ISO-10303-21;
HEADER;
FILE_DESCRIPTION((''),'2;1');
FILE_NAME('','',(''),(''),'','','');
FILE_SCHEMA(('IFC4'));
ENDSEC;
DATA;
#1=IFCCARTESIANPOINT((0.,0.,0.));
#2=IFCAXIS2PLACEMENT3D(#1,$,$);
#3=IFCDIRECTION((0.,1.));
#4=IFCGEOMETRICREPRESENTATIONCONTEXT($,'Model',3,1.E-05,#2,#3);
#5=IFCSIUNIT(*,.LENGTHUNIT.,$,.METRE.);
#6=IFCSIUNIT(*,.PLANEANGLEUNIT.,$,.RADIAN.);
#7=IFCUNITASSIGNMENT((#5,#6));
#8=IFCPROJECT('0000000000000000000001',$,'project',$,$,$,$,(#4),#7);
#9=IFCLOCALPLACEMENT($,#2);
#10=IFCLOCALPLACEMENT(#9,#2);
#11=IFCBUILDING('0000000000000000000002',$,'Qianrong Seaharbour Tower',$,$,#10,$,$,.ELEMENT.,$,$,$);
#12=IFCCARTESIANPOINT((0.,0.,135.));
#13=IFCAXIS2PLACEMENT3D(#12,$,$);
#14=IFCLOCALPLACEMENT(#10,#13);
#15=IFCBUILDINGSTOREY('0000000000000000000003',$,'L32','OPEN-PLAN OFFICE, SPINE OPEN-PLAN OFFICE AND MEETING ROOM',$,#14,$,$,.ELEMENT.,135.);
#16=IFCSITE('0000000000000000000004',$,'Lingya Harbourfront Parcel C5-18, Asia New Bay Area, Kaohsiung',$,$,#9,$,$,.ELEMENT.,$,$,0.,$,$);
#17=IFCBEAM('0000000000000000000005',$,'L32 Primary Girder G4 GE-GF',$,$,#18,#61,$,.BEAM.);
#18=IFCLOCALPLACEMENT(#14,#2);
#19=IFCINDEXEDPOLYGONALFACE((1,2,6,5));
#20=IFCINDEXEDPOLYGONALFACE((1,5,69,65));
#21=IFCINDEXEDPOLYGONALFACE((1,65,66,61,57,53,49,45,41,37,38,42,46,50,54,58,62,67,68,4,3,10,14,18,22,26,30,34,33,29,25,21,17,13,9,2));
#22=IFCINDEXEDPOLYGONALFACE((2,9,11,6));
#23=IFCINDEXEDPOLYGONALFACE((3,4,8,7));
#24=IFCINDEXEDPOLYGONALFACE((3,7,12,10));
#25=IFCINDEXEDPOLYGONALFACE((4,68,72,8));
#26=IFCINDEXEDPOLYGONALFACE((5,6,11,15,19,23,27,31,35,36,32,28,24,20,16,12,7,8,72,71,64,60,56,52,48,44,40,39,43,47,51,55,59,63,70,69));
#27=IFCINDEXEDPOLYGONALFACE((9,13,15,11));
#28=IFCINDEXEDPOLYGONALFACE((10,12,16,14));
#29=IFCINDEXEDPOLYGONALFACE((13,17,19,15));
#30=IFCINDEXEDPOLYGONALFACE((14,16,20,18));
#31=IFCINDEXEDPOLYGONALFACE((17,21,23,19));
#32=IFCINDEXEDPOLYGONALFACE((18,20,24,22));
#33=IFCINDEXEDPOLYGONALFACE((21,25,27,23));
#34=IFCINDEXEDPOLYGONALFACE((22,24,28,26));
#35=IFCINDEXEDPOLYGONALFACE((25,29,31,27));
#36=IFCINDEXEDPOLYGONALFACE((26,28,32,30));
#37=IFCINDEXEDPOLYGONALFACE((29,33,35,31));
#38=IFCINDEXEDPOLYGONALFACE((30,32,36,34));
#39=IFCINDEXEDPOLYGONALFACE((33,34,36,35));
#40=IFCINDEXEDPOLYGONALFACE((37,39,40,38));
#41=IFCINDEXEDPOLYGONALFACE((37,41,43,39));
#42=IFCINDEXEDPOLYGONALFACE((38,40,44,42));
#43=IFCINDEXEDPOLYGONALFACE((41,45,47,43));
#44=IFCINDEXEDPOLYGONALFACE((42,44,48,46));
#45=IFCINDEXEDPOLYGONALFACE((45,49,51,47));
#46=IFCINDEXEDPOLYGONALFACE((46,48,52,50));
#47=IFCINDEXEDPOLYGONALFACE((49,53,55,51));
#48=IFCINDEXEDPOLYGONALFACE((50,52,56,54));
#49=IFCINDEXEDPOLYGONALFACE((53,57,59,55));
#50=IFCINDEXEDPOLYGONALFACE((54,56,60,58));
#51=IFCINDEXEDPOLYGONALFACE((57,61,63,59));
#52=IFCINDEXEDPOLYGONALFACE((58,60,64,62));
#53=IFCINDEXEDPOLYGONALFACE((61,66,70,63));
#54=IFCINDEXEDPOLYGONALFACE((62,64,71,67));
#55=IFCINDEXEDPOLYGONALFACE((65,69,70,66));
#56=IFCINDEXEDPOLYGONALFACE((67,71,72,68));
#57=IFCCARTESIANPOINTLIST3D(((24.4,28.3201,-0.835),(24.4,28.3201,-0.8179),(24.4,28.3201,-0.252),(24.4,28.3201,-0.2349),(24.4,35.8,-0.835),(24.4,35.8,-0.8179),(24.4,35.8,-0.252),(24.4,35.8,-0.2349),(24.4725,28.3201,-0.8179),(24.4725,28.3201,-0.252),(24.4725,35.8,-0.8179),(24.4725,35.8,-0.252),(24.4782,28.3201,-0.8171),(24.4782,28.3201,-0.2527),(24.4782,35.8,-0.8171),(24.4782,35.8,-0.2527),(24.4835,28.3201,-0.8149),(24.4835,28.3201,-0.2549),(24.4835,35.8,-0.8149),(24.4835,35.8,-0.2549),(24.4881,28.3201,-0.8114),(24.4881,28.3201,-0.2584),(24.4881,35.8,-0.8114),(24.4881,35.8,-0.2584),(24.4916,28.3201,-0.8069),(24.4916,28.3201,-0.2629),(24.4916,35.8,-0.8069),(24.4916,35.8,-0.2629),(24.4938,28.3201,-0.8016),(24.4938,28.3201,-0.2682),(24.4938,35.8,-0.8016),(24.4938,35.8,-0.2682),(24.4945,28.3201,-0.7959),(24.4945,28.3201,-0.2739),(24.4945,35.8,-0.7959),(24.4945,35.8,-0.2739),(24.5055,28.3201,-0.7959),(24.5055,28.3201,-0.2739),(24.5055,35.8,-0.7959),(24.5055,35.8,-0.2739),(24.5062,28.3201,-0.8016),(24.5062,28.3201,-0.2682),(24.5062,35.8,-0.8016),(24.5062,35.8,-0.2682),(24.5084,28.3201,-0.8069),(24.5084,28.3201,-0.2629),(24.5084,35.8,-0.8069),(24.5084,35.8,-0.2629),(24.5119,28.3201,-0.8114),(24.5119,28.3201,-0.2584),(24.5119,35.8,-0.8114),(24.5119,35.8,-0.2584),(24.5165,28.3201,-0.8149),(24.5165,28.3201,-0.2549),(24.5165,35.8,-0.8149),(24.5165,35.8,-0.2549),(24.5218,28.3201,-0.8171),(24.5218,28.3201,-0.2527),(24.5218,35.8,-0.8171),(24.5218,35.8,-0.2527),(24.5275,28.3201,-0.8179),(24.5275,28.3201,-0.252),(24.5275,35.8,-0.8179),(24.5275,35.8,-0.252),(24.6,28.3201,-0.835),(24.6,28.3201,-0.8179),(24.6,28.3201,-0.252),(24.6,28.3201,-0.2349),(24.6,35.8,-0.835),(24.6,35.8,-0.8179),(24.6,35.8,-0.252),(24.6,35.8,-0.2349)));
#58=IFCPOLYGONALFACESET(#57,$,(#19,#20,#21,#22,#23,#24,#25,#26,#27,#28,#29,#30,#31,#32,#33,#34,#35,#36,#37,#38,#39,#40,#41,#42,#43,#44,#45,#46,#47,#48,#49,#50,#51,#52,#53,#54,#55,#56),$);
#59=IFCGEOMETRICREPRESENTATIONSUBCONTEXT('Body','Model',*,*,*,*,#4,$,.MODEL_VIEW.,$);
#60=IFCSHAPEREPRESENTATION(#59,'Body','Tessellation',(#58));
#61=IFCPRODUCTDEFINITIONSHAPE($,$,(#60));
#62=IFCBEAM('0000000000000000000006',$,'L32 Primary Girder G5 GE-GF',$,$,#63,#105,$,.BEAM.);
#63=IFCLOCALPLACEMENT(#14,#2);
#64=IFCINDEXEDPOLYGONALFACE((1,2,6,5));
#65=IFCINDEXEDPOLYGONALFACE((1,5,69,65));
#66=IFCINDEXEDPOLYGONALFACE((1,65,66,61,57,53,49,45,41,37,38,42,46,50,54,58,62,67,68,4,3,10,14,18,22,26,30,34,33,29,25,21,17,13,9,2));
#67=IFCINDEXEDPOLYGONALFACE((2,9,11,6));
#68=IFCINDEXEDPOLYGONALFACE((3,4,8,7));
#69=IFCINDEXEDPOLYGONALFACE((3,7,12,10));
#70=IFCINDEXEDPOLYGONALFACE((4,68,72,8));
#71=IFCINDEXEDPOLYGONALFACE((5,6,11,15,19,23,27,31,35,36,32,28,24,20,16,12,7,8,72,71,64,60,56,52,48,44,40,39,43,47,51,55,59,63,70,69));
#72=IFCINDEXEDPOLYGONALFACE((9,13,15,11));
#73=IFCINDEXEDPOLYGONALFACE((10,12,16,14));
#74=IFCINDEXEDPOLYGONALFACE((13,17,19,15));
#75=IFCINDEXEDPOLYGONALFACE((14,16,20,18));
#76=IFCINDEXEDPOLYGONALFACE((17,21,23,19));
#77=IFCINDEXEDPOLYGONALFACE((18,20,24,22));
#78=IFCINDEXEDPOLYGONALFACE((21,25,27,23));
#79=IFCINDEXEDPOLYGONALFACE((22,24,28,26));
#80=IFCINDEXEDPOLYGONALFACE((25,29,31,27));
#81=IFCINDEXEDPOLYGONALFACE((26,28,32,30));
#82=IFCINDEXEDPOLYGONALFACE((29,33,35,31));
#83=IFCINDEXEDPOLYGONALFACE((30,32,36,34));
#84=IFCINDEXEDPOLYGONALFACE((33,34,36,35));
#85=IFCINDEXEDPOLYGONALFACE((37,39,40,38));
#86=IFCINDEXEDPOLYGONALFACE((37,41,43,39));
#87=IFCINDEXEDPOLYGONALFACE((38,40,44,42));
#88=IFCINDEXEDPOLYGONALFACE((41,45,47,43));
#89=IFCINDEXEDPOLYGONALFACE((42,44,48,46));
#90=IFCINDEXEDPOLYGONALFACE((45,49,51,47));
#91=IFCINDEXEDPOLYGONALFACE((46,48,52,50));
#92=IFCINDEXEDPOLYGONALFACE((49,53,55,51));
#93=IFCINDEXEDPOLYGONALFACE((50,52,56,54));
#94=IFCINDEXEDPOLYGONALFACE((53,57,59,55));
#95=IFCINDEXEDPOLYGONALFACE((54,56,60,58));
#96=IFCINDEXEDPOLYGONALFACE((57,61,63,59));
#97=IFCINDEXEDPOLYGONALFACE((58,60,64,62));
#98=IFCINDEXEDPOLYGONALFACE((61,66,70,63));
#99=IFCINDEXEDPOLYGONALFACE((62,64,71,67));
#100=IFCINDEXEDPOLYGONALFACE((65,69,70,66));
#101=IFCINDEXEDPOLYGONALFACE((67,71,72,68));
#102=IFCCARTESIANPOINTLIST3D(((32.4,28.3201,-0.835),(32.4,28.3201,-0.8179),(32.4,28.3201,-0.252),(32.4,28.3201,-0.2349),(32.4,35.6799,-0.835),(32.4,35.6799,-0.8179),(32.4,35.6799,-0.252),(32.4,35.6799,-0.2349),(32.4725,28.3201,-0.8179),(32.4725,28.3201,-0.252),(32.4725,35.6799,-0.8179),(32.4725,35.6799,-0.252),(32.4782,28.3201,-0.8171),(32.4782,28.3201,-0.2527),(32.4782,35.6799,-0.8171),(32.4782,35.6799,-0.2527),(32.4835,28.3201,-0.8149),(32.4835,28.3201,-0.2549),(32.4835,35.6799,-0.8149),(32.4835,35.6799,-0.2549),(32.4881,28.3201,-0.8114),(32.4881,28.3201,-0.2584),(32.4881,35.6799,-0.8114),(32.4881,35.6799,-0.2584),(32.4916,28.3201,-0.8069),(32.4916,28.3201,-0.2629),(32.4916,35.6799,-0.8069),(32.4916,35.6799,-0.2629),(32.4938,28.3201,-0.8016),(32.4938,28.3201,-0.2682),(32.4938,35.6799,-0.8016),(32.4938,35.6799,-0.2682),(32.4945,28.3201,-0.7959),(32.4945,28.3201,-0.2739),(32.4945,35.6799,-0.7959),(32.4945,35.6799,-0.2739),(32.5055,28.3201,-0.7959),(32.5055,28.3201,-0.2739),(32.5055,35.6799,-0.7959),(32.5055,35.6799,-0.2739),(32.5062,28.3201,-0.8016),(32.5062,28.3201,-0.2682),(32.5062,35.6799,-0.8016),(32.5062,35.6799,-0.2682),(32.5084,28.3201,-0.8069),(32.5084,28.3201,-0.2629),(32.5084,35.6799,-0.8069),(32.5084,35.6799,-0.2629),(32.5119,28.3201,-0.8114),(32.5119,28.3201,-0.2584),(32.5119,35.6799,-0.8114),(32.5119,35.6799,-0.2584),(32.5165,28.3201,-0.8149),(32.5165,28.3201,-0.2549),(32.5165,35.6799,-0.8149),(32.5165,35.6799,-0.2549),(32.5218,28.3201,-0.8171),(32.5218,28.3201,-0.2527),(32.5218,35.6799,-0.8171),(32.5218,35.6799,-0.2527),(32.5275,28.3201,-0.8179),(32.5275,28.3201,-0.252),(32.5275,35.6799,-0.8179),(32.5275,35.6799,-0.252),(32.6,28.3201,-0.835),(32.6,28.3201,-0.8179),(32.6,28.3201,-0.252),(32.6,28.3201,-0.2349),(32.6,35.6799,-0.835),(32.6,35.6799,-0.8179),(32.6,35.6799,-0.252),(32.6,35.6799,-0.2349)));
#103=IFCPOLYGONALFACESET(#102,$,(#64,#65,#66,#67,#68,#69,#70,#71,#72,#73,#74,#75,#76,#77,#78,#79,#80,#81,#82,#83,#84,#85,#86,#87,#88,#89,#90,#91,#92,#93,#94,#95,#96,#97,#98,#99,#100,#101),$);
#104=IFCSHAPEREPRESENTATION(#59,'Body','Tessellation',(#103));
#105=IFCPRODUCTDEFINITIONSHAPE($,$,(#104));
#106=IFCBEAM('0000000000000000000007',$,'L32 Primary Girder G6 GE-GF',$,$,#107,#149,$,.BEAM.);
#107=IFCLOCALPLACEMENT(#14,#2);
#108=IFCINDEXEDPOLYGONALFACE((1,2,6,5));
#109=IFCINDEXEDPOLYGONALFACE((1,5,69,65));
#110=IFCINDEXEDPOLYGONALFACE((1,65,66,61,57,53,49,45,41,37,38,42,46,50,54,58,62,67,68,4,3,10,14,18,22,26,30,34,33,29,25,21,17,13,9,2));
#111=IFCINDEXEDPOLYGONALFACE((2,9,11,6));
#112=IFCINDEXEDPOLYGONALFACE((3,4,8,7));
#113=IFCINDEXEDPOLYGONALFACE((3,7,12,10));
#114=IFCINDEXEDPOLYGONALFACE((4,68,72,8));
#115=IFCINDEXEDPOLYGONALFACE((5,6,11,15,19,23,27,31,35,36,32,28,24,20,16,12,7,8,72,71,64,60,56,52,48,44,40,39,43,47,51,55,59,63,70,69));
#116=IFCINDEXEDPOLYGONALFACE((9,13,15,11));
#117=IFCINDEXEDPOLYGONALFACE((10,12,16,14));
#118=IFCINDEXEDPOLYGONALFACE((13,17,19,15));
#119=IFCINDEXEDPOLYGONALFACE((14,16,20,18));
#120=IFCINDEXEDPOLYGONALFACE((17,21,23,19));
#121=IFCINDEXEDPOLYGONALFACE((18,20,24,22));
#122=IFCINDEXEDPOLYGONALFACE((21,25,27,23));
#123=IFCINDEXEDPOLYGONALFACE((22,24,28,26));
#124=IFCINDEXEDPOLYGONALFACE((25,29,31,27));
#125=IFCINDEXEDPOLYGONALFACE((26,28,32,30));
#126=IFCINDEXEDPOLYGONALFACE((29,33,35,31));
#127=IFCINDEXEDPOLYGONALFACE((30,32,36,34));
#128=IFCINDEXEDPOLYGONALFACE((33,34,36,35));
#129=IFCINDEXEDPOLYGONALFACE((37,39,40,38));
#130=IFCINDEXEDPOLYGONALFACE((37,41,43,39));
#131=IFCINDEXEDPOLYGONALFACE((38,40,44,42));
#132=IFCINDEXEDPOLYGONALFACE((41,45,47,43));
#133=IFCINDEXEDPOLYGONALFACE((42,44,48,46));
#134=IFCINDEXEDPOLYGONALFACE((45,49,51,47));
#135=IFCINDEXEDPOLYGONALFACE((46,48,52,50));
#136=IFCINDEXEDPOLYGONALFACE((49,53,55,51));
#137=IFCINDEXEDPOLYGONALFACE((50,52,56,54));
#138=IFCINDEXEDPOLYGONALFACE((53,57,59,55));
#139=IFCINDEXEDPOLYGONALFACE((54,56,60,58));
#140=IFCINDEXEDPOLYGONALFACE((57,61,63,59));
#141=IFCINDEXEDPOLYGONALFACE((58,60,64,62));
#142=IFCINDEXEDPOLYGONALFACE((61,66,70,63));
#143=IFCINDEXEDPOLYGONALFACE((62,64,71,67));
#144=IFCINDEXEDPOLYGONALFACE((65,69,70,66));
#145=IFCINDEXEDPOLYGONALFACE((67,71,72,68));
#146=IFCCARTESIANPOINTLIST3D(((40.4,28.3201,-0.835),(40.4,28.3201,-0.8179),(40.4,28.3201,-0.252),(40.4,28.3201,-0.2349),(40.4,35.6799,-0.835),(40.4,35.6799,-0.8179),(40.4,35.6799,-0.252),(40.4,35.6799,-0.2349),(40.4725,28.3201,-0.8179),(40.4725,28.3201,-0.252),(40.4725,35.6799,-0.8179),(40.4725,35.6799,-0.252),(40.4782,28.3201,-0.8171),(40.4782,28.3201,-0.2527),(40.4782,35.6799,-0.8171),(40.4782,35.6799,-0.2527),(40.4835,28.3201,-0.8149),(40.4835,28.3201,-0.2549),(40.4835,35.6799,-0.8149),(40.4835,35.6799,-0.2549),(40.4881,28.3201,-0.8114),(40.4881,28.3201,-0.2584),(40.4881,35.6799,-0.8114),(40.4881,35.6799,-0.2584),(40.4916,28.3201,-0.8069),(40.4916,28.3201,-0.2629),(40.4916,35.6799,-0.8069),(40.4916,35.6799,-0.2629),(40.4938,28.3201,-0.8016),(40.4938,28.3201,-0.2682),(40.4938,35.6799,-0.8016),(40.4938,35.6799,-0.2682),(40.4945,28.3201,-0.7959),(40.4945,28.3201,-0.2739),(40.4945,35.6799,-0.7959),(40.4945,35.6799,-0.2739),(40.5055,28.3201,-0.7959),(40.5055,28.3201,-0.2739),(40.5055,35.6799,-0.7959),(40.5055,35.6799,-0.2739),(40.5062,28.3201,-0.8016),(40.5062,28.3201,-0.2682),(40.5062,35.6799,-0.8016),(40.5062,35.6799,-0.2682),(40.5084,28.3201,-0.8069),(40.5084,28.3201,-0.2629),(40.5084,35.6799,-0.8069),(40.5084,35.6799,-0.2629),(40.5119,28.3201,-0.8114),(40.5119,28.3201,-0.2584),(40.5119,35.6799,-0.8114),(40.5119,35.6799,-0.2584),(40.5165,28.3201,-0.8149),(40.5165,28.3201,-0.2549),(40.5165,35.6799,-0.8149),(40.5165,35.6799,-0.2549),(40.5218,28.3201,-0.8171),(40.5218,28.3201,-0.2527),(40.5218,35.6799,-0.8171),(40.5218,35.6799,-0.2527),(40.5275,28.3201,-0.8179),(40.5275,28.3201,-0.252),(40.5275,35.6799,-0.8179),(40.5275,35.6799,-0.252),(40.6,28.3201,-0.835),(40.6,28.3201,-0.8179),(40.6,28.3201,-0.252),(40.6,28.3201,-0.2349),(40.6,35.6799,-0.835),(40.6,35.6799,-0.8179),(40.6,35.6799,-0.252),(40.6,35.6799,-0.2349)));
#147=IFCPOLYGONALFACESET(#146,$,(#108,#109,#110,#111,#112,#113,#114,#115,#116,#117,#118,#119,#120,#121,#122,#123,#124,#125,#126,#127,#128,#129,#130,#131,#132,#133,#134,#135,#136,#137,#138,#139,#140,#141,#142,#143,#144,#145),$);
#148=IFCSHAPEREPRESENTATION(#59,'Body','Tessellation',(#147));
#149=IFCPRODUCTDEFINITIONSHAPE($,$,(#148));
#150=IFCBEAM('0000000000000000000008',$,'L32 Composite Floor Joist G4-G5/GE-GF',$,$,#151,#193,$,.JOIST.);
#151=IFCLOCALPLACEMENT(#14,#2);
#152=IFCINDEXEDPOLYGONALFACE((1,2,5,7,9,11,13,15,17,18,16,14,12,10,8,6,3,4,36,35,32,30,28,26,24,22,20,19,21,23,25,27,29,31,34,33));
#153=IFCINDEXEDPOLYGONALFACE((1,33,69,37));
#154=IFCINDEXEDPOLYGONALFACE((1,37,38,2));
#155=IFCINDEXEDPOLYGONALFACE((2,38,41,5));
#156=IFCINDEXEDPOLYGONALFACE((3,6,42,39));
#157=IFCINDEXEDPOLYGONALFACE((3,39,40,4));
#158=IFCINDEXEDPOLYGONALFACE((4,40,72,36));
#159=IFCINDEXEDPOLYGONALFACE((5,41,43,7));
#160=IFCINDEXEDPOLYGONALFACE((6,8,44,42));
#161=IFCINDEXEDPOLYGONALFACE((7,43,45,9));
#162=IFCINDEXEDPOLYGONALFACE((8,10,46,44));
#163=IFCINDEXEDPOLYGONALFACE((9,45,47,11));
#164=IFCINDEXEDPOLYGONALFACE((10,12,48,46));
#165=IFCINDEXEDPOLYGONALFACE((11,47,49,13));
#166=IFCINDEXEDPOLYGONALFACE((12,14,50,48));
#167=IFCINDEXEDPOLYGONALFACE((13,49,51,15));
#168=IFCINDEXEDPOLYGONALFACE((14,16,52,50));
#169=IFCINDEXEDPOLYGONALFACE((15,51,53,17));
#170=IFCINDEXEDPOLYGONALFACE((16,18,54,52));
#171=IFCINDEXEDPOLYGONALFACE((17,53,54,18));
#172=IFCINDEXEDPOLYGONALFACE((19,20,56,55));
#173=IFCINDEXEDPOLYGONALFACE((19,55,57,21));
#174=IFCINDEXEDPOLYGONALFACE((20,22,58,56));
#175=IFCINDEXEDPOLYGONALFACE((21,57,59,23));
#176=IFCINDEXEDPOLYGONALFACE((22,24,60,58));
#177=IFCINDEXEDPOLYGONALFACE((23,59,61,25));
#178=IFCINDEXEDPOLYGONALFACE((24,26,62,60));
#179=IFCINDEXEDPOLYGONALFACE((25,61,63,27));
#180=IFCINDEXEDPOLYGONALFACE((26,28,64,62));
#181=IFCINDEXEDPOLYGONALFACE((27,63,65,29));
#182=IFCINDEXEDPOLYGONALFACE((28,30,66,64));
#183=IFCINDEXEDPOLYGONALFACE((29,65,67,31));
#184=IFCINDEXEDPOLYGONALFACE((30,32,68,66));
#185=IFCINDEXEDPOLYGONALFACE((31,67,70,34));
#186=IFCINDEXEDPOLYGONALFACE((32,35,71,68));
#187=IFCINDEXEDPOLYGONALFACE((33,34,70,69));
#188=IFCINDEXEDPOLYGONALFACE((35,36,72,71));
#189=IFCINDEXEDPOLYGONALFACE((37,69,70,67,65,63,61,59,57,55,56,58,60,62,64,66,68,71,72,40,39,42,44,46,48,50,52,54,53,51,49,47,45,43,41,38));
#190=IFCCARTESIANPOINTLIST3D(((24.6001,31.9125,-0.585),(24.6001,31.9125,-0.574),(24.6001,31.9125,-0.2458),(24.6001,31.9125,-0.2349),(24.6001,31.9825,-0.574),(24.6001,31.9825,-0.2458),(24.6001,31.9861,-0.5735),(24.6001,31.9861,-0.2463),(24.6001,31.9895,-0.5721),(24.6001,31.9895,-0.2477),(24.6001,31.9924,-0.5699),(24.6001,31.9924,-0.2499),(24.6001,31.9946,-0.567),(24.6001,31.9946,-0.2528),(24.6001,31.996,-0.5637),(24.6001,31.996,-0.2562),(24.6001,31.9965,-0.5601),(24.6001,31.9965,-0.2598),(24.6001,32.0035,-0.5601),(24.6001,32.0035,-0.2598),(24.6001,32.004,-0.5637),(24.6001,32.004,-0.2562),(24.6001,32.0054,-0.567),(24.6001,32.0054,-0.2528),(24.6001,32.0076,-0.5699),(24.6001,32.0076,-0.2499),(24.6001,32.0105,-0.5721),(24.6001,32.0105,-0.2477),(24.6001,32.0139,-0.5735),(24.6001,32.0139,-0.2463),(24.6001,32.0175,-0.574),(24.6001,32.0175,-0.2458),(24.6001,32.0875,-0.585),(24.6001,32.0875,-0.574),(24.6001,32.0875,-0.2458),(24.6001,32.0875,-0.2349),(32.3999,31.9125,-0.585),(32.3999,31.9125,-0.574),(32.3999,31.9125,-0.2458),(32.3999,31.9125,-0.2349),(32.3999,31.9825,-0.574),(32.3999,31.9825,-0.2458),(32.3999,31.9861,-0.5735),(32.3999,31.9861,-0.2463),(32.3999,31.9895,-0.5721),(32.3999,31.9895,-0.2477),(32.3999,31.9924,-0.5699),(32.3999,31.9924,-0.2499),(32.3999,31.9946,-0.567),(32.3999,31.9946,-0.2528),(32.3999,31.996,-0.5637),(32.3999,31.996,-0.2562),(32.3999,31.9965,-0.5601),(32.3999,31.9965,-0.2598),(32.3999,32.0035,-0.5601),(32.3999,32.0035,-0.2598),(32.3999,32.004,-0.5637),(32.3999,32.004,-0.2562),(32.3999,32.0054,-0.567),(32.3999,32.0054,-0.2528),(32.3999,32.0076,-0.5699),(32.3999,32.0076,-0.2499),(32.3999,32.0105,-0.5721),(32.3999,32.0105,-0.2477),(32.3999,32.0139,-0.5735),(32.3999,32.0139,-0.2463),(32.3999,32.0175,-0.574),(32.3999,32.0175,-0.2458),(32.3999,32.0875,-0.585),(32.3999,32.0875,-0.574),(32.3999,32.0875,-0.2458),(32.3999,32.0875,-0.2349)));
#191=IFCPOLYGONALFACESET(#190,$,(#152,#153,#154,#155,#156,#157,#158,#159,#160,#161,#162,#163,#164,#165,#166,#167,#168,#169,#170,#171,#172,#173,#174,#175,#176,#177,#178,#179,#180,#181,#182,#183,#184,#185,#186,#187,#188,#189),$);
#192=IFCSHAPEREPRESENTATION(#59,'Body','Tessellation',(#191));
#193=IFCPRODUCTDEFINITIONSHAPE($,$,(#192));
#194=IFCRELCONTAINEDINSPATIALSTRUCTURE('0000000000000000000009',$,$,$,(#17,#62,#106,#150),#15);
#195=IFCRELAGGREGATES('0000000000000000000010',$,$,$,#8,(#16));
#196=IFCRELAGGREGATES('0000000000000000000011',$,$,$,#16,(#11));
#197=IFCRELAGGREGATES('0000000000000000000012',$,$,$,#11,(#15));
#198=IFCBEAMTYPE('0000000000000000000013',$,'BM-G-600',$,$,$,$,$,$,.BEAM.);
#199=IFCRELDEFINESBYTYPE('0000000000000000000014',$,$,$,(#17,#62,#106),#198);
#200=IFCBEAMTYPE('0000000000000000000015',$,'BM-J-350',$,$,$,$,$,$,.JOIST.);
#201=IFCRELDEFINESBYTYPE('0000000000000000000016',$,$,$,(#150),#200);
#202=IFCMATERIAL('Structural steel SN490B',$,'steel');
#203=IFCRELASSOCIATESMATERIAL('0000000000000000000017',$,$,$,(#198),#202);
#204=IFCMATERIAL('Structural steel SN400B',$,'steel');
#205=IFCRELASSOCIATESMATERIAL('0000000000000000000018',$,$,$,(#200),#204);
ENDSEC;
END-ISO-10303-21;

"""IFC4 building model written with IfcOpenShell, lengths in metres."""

from ifc_helpers import new_model, si_unit, direction, frame, origin, origin_2d, place, context, subcontext, project, spatial, i_section, extrude, material, material_profile, profile_set, type_object, element, save


model = new_model("IFC4")

# Units and contexts
model_context = context("Model", 3, precision=1e-05, world=origin(), true_north=direction((0.0, 1.0)))
body_context = subcontext(model_context, "Body", "Model", "MODEL_VIEW")
ifc_project = project(units=[si_unit("LENGTHUNIT", "METRE"), si_unit("PLANEANGLEUNIT", "RADIAN")], contexts=[model_context])

# Site, building, storey
site_placement = place(None, origin())
site = spatial("IfcSite", under=ifc_project, at=site_placement, Name="Lingya Harbourfront Parcel C5-18, Asia New Bay Area, Kaohsiung", CompositionType="ELEMENT", RefElevation=0.0)
building_placement = place(site_placement, origin())
building = spatial("IfcBuilding", under=site, at=building_placement, Name="Qianrong Seaharbour Tower", CompositionType="ELEMENT")
storey_placement = place(building_placement, frame((0.0, 0.0, 135.0)))
storey = spatial("IfcBuildingStorey", under=building, at=storey_placement, Name="L32", Description="OPEN-PLAN OFFICE, SPINE OPEN-PLAN OFFICE AND MEETING ROOM", CompositionType="ELEMENT", Elevation=135.0)

# Beams
ifc_material_1 = material(Name="Structural steel SN490B", Category="steel")
ifc_material_profile_1 = material_profile(ifc_material_1, i_section(OverallWidth=0.2, OverallDepth=0.6001, WebThickness=0.011, FlangeThickness=0.0171, FilletRadius=0.022, at=origin_2d()), Name="H600x200x11x17")
ifc_profile_set_1 = profile_set([ifc_material_profile_1], Name="Structural steel SN490B")
beam_type_1 = type_object("IfcBeamType", Name="BM-G-600", PredefinedType="BEAM", material=ifc_profile_set_1)
beam_placement = place(storey_placement, frame((24.5, 28.3201, -0.5349), z_axis=(0.0, 1.0, 0.0), x_axis=(-1.0, 0.0, 0.0)))
element("IfcBeam", 1, at=beam_placement, inside=storey, type_object=beam_type_1, Name="L32 Primary Girder G4 GE-GF", PredefinedType="BEAM", context=body_context, shape_type="SweptSolid", body=[
    extrude(i_section(OverallWidth=0.2, OverallDepth=0.6001, WebThickness=0.011, FlangeThickness=0.0171, FilletRadius=0.022, at=origin_2d()), origin(), (0.0, 0.0, 1.0), 7.48),
])
for number, where, z_axis, x_axis, name in (
    (2, (32.5, 28.3201, -0.5349), (0.0, 1.0, 0.0), (-1.0, 0.0, 0.0), "L32 Primary Girder G5 GE-GF"),
    (3, (40.5, 28.3201, -0.5349), (0.0, 1.0, 0.0), (-1.0, 0.0, 0.0), "L32 Primary Girder G6 GE-GF"),
):
    element("IfcBeam", number, at=place(storey_placement, frame(where, z_axis=z_axis, x_axis=x_axis)), inside=storey, type_object=beam_type_1, Name=name, PredefinedType="BEAM", context=body_context, shape_type="SweptSolid", body=[
        extrude(i_section(OverallWidth=0.2, OverallDepth=0.6001, WebThickness=0.011, FlangeThickness=0.0171, FilletRadius=0.022, at=origin_2d()), origin(), (0.0, 0.0, 1.0), 7.3599),
    ])
ifc_material_2 = material(Name="Structural steel SN400B", Category="steel")
ifc_material_profile_2 = material_profile(ifc_material_2, i_section(OverallWidth=0.175, OverallDepth=0.3501, WebThickness=0.0071, FlangeThickness=0.011, FilletRadius=0.0139, at=origin_2d()), Name="H350x175x7x11")
ifc_profile_set_2 = profile_set([ifc_material_profile_2], Name="Structural steel SN400B")
beam_type_2 = type_object("IfcBeamType", Name="BM-J-350", PredefinedType="JOIST", material=ifc_profile_set_2)
for number, where, z_axis, x_axis, name in (
    (4, (24.6001, 32.0, -0.4099), (1.0, 0.0, 0.0), (0.0, 1.0, 0.0), "L32 Composite Floor Joist G4-G5/GE-GF"),
):
    element("IfcBeam", number, at=place(storey_placement, frame(where, z_axis=z_axis, x_axis=x_axis)), inside=storey, type_object=beam_type_2, Name=name, PredefinedType="JOIST", context=body_context, shape_type="SweptSolid", body=[
        extrude(i_section(OverallWidth=0.175, OverallDepth=0.3501, WebThickness=0.0071, FlangeThickness=0.011, FilletRadius=0.0139, at=origin_2d()), origin(), (0.0, 0.0, 1.0), 7.7998),
    ])

save(model, "model.ifc")
